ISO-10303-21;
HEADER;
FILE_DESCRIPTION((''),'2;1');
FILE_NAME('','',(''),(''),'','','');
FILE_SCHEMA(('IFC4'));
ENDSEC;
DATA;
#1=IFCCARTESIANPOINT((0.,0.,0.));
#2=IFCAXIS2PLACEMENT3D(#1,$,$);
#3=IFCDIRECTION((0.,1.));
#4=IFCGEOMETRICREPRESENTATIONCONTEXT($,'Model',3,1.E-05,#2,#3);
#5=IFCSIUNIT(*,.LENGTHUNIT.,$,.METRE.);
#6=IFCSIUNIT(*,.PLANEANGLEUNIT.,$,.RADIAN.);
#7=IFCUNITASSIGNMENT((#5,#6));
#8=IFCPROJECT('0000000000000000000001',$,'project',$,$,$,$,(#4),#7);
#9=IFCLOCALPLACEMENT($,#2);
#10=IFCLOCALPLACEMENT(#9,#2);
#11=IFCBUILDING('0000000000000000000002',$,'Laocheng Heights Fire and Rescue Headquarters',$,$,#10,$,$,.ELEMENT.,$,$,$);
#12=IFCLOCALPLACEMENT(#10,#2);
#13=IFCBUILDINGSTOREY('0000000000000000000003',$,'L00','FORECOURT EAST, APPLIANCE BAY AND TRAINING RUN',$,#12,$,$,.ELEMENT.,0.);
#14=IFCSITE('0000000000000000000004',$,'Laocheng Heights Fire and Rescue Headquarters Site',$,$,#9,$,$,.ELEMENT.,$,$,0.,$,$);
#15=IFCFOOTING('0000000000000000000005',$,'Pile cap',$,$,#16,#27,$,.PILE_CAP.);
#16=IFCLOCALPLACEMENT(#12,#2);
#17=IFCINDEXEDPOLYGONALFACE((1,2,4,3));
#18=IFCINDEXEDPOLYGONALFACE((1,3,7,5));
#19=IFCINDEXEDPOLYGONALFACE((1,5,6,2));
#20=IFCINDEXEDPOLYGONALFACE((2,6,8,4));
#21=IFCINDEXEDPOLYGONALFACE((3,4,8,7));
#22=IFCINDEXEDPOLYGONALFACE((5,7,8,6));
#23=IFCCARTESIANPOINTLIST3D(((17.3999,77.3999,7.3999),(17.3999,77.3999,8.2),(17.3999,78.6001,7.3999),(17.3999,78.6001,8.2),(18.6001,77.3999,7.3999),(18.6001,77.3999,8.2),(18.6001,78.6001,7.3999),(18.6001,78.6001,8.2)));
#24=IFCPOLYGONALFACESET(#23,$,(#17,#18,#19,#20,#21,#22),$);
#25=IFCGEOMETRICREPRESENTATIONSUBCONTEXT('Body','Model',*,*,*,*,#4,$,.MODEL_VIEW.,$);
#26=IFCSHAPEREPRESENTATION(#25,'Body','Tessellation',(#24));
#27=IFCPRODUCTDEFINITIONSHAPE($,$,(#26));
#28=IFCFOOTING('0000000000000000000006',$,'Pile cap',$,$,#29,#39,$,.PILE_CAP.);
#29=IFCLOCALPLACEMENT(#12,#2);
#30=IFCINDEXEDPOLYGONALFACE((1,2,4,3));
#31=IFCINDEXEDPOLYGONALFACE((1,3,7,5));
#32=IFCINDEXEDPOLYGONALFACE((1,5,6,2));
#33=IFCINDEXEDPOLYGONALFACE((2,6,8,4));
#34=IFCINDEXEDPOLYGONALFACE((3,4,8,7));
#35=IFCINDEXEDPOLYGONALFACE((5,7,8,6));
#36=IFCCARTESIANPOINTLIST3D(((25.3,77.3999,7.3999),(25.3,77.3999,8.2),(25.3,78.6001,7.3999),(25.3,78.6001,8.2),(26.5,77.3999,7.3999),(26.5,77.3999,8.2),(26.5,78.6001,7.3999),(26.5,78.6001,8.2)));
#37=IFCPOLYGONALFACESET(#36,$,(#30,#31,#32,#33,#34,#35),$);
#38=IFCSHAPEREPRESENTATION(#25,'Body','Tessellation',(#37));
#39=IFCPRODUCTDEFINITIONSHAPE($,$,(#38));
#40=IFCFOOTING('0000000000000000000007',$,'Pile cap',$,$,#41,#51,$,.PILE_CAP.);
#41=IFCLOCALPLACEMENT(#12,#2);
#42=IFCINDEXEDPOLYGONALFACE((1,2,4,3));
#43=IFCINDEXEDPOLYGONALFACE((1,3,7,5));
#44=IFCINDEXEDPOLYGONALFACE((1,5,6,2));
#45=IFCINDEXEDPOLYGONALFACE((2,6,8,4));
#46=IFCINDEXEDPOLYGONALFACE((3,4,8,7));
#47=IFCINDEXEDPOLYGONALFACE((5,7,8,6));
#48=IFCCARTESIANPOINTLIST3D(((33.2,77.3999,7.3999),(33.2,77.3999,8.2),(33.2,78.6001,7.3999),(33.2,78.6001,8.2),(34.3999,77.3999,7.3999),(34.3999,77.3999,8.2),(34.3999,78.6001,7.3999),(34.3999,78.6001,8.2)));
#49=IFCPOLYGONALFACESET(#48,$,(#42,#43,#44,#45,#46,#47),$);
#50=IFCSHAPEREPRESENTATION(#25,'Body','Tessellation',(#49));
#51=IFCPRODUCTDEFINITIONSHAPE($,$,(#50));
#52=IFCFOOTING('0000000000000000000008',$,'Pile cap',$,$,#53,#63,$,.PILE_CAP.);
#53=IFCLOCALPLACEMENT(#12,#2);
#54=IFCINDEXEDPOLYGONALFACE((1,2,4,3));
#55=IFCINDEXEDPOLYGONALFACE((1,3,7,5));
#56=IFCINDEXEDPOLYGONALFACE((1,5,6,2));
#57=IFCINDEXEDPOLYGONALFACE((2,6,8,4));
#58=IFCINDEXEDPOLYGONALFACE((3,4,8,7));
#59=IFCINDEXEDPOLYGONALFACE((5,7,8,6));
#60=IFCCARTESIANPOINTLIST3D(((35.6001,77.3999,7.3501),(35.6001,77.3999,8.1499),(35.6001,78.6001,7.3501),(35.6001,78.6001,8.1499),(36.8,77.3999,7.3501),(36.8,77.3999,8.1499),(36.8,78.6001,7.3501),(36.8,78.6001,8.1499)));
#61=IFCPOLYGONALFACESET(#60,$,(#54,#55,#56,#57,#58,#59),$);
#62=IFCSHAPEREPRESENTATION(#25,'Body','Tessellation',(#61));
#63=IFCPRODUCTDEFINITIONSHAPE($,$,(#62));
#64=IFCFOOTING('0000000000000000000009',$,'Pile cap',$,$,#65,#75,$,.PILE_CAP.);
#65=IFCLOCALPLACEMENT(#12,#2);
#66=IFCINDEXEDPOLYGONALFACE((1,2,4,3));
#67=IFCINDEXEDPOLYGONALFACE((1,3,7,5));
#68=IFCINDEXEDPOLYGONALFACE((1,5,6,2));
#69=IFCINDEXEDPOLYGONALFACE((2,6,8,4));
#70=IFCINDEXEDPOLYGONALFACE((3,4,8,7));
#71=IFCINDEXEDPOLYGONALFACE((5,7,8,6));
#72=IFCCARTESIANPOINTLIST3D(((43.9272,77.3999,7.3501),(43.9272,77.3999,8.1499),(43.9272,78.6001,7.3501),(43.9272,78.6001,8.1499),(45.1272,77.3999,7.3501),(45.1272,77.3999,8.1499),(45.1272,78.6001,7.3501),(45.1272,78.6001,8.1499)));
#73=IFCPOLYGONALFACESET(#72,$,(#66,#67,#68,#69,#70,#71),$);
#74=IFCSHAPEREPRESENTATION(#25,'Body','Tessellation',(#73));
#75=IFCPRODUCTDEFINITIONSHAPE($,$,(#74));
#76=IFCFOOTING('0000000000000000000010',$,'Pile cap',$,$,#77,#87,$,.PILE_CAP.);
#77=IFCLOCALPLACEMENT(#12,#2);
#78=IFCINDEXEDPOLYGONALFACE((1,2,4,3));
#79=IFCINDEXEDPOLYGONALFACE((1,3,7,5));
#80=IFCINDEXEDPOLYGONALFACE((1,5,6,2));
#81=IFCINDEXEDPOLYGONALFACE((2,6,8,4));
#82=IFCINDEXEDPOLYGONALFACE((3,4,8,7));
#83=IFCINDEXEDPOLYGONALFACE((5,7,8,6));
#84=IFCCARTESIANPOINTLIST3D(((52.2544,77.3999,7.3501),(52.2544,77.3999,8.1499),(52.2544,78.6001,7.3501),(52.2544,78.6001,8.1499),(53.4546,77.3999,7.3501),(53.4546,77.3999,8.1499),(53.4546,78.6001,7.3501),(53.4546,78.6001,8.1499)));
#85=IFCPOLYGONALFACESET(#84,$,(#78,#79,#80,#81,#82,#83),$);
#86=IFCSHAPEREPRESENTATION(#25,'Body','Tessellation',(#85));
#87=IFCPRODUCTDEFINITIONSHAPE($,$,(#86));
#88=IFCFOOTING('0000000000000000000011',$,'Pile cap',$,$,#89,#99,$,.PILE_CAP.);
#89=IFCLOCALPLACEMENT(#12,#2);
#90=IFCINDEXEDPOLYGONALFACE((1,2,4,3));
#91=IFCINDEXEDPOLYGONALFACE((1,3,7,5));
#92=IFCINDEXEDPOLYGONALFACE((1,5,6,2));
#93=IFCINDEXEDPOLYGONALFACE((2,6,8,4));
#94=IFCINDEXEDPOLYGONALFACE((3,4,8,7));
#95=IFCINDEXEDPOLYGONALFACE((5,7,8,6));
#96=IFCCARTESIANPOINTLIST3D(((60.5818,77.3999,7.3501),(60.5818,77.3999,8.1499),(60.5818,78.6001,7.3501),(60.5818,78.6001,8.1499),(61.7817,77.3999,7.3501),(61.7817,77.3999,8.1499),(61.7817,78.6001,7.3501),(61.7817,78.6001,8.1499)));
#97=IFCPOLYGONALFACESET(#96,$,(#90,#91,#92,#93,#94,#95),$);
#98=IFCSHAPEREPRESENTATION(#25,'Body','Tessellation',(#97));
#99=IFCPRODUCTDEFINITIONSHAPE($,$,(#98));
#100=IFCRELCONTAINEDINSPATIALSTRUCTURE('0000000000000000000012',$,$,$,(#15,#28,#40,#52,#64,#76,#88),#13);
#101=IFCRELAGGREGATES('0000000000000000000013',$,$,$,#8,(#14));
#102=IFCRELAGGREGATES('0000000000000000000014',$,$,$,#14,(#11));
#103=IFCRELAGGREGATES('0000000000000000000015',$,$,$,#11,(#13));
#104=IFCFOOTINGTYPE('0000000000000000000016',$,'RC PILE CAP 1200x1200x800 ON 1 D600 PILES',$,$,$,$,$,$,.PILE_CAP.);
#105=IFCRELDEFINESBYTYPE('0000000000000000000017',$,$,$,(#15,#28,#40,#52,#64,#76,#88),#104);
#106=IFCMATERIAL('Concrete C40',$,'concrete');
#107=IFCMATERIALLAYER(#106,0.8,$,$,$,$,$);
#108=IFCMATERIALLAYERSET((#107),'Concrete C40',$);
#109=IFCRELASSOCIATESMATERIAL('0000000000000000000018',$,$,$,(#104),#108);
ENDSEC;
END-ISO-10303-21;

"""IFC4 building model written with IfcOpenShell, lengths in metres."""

from ifc_helpers import new_model, si_unit, direction, frame, origin, place, context, subcontext, project, spatial, polyline, outline, extrude, material, layer, layer_set, type_object, element, save


model = new_model("IFC4")

# Units and contexts
model_context = context("Model", 3, precision=1e-05, world=origin(), true_north=direction((0.0, 1.0)))
body_context = subcontext(model_context, "Body", "Model", "MODEL_VIEW")
ifc_project = project(units=[si_unit("LENGTHUNIT", "METRE"), si_unit("PLANEANGLEUNIT", "RADIAN")], contexts=[model_context])

# Site, building, storey
site_placement = place(None, origin())
site = spatial("IfcSite", under=ifc_project, at=site_placement, Name="Laocheng Heights Fire and Rescue Headquarters Site", CompositionType="ELEMENT", RefElevation=0.0)
building_placement = place(site_placement, origin())
building = spatial("IfcBuilding", under=site, at=building_placement, Name="Laocheng Heights Fire and Rescue Headquarters", CompositionType="ELEMENT")
storey_placement = place(building_placement, origin())
storey = spatial("IfcBuildingStorey", under=building, at=storey_placement, Name="L00", Description="FORECOURT EAST, APPLIANCE BAY AND TRAINING RUN", CompositionType="ELEMENT", Elevation=0.0)

# Footings
ifc_material = material(Name="Concrete C40", Category="concrete")
ifc_layer = layer(ifc_material, 0.8)
ifc_layer_set = layer_set([ifc_layer], Name="Concrete C40")
footing_type = type_object("IfcFootingType", Name="RC PILE CAP 1200x1200x800 ON 1 D600 PILES", PredefinedType="PILE_CAP", material=ifc_layer_set)
footing_1_placement = place(storey_placement, frame((0.0, 0.0, 7.3999)))
element("IfcFooting", 1, at=footing_1_placement, inside=storey, type_object=footing_type, Name="Pile cap", PredefinedType="PILE_CAP", context=body_context, shape_type="SweptSolid", body=[
    extrude(outline(polyline([(17.3999, 77.3999), (18.6001, 77.3999), (18.6001, 78.6001), (17.3999, 78.6001), (17.3999, 77.3999)])), origin(), (0.0, 0.0, 1.0), 0.8),
])
footing_2_placement = place(storey_placement, frame((0.0, 0.0, 7.3999)))
element("IfcFooting", 2, at=footing_2_placement, inside=storey, type_object=footing_type, Name="Pile cap", PredefinedType="PILE_CAP", context=body_context, shape_type="SweptSolid", body=[
    extrude(outline(polyline([(25.3, 77.3999), (26.5, 77.3999), (26.5, 78.6001), (25.3, 78.6001), (25.3, 77.3999)])), origin(), (0.0, 0.0, 1.0), 0.8),
])
footing_3_placement = place(storey_placement, frame((0.0, 0.0, 7.3999)))
element("IfcFooting", 3, at=footing_3_placement, inside=storey, type_object=footing_type, Name="Pile cap", PredefinedType="PILE_CAP", context=body_context, shape_type="SweptSolid", body=[
    extrude(outline(polyline([(33.2, 77.3999), (34.3999, 77.3999), (34.3999, 78.6001), (33.2, 78.6001), (33.2, 77.3999)])), origin(), (0.0, 0.0, 1.0), 0.8),
])
footing_4_placement = place(storey_placement, frame((0.0, 0.0, 7.3501)))
element("IfcFooting", 4, at=footing_4_placement, inside=storey, type_object=footing_type, Name="Pile cap", PredefinedType="PILE_CAP", context=body_context, shape_type="SweptSolid", body=[
    extrude(outline(polyline([(35.6001, 77.3999), (36.8, 77.3999), (36.8, 78.6001), (35.6001, 78.6001), (35.6001, 77.3999)])), origin(), (0.0, 0.0, 1.0), 0.7998),
])
footing_5_placement = place(storey_placement, frame((0.0, 0.0, 7.3501)))
element("IfcFooting", 5, at=footing_5_placement, inside=storey, type_object=footing_type, Name="Pile cap", PredefinedType="PILE_CAP", context=body_context, shape_type="SweptSolid", body=[
    extrude(outline(polyline([(43.9272, 77.3999), (45.1272, 77.3999), (45.1272, 78.6001), (43.9272, 78.6001), (43.9272, 77.3999)])), origin(), (0.0, 0.0, 1.0), 0.7998),
])
footing_6_placement = place(storey_placement, frame((0.0, 0.0, 7.3501)))
element("IfcFooting", 6, at=footing_6_placement, inside=storey, type_object=footing_type, Name="Pile cap", PredefinedType="PILE_CAP", context=body_context, shape_type="SweptSolid", body=[
    extrude(outline(polyline([(52.2544, 77.3999), (53.4546, 77.3999), (53.4546, 78.6001), (52.2544, 78.6001), (52.2544, 77.3999)])), origin(), (0.0, 0.0, 1.0), 0.7998),
])
footing_7_placement = place(storey_placement, frame((0.0, 0.0, 7.3501)))
element("IfcFooting", 7, at=footing_7_placement, inside=storey, type_object=footing_type, Name="Pile cap", PredefinedType="PILE_CAP", context=body_context, shape_type="SweptSolid", body=[
    extrude(outline(polyline([(60.5818, 77.3999), (61.7817, 77.3999), (61.7817, 78.6001), (60.5818, 78.6001), (60.5818, 77.3999)])), origin(), (0.0, 0.0, 1.0), 0.7998),
])

save(model, "model.ifc")
